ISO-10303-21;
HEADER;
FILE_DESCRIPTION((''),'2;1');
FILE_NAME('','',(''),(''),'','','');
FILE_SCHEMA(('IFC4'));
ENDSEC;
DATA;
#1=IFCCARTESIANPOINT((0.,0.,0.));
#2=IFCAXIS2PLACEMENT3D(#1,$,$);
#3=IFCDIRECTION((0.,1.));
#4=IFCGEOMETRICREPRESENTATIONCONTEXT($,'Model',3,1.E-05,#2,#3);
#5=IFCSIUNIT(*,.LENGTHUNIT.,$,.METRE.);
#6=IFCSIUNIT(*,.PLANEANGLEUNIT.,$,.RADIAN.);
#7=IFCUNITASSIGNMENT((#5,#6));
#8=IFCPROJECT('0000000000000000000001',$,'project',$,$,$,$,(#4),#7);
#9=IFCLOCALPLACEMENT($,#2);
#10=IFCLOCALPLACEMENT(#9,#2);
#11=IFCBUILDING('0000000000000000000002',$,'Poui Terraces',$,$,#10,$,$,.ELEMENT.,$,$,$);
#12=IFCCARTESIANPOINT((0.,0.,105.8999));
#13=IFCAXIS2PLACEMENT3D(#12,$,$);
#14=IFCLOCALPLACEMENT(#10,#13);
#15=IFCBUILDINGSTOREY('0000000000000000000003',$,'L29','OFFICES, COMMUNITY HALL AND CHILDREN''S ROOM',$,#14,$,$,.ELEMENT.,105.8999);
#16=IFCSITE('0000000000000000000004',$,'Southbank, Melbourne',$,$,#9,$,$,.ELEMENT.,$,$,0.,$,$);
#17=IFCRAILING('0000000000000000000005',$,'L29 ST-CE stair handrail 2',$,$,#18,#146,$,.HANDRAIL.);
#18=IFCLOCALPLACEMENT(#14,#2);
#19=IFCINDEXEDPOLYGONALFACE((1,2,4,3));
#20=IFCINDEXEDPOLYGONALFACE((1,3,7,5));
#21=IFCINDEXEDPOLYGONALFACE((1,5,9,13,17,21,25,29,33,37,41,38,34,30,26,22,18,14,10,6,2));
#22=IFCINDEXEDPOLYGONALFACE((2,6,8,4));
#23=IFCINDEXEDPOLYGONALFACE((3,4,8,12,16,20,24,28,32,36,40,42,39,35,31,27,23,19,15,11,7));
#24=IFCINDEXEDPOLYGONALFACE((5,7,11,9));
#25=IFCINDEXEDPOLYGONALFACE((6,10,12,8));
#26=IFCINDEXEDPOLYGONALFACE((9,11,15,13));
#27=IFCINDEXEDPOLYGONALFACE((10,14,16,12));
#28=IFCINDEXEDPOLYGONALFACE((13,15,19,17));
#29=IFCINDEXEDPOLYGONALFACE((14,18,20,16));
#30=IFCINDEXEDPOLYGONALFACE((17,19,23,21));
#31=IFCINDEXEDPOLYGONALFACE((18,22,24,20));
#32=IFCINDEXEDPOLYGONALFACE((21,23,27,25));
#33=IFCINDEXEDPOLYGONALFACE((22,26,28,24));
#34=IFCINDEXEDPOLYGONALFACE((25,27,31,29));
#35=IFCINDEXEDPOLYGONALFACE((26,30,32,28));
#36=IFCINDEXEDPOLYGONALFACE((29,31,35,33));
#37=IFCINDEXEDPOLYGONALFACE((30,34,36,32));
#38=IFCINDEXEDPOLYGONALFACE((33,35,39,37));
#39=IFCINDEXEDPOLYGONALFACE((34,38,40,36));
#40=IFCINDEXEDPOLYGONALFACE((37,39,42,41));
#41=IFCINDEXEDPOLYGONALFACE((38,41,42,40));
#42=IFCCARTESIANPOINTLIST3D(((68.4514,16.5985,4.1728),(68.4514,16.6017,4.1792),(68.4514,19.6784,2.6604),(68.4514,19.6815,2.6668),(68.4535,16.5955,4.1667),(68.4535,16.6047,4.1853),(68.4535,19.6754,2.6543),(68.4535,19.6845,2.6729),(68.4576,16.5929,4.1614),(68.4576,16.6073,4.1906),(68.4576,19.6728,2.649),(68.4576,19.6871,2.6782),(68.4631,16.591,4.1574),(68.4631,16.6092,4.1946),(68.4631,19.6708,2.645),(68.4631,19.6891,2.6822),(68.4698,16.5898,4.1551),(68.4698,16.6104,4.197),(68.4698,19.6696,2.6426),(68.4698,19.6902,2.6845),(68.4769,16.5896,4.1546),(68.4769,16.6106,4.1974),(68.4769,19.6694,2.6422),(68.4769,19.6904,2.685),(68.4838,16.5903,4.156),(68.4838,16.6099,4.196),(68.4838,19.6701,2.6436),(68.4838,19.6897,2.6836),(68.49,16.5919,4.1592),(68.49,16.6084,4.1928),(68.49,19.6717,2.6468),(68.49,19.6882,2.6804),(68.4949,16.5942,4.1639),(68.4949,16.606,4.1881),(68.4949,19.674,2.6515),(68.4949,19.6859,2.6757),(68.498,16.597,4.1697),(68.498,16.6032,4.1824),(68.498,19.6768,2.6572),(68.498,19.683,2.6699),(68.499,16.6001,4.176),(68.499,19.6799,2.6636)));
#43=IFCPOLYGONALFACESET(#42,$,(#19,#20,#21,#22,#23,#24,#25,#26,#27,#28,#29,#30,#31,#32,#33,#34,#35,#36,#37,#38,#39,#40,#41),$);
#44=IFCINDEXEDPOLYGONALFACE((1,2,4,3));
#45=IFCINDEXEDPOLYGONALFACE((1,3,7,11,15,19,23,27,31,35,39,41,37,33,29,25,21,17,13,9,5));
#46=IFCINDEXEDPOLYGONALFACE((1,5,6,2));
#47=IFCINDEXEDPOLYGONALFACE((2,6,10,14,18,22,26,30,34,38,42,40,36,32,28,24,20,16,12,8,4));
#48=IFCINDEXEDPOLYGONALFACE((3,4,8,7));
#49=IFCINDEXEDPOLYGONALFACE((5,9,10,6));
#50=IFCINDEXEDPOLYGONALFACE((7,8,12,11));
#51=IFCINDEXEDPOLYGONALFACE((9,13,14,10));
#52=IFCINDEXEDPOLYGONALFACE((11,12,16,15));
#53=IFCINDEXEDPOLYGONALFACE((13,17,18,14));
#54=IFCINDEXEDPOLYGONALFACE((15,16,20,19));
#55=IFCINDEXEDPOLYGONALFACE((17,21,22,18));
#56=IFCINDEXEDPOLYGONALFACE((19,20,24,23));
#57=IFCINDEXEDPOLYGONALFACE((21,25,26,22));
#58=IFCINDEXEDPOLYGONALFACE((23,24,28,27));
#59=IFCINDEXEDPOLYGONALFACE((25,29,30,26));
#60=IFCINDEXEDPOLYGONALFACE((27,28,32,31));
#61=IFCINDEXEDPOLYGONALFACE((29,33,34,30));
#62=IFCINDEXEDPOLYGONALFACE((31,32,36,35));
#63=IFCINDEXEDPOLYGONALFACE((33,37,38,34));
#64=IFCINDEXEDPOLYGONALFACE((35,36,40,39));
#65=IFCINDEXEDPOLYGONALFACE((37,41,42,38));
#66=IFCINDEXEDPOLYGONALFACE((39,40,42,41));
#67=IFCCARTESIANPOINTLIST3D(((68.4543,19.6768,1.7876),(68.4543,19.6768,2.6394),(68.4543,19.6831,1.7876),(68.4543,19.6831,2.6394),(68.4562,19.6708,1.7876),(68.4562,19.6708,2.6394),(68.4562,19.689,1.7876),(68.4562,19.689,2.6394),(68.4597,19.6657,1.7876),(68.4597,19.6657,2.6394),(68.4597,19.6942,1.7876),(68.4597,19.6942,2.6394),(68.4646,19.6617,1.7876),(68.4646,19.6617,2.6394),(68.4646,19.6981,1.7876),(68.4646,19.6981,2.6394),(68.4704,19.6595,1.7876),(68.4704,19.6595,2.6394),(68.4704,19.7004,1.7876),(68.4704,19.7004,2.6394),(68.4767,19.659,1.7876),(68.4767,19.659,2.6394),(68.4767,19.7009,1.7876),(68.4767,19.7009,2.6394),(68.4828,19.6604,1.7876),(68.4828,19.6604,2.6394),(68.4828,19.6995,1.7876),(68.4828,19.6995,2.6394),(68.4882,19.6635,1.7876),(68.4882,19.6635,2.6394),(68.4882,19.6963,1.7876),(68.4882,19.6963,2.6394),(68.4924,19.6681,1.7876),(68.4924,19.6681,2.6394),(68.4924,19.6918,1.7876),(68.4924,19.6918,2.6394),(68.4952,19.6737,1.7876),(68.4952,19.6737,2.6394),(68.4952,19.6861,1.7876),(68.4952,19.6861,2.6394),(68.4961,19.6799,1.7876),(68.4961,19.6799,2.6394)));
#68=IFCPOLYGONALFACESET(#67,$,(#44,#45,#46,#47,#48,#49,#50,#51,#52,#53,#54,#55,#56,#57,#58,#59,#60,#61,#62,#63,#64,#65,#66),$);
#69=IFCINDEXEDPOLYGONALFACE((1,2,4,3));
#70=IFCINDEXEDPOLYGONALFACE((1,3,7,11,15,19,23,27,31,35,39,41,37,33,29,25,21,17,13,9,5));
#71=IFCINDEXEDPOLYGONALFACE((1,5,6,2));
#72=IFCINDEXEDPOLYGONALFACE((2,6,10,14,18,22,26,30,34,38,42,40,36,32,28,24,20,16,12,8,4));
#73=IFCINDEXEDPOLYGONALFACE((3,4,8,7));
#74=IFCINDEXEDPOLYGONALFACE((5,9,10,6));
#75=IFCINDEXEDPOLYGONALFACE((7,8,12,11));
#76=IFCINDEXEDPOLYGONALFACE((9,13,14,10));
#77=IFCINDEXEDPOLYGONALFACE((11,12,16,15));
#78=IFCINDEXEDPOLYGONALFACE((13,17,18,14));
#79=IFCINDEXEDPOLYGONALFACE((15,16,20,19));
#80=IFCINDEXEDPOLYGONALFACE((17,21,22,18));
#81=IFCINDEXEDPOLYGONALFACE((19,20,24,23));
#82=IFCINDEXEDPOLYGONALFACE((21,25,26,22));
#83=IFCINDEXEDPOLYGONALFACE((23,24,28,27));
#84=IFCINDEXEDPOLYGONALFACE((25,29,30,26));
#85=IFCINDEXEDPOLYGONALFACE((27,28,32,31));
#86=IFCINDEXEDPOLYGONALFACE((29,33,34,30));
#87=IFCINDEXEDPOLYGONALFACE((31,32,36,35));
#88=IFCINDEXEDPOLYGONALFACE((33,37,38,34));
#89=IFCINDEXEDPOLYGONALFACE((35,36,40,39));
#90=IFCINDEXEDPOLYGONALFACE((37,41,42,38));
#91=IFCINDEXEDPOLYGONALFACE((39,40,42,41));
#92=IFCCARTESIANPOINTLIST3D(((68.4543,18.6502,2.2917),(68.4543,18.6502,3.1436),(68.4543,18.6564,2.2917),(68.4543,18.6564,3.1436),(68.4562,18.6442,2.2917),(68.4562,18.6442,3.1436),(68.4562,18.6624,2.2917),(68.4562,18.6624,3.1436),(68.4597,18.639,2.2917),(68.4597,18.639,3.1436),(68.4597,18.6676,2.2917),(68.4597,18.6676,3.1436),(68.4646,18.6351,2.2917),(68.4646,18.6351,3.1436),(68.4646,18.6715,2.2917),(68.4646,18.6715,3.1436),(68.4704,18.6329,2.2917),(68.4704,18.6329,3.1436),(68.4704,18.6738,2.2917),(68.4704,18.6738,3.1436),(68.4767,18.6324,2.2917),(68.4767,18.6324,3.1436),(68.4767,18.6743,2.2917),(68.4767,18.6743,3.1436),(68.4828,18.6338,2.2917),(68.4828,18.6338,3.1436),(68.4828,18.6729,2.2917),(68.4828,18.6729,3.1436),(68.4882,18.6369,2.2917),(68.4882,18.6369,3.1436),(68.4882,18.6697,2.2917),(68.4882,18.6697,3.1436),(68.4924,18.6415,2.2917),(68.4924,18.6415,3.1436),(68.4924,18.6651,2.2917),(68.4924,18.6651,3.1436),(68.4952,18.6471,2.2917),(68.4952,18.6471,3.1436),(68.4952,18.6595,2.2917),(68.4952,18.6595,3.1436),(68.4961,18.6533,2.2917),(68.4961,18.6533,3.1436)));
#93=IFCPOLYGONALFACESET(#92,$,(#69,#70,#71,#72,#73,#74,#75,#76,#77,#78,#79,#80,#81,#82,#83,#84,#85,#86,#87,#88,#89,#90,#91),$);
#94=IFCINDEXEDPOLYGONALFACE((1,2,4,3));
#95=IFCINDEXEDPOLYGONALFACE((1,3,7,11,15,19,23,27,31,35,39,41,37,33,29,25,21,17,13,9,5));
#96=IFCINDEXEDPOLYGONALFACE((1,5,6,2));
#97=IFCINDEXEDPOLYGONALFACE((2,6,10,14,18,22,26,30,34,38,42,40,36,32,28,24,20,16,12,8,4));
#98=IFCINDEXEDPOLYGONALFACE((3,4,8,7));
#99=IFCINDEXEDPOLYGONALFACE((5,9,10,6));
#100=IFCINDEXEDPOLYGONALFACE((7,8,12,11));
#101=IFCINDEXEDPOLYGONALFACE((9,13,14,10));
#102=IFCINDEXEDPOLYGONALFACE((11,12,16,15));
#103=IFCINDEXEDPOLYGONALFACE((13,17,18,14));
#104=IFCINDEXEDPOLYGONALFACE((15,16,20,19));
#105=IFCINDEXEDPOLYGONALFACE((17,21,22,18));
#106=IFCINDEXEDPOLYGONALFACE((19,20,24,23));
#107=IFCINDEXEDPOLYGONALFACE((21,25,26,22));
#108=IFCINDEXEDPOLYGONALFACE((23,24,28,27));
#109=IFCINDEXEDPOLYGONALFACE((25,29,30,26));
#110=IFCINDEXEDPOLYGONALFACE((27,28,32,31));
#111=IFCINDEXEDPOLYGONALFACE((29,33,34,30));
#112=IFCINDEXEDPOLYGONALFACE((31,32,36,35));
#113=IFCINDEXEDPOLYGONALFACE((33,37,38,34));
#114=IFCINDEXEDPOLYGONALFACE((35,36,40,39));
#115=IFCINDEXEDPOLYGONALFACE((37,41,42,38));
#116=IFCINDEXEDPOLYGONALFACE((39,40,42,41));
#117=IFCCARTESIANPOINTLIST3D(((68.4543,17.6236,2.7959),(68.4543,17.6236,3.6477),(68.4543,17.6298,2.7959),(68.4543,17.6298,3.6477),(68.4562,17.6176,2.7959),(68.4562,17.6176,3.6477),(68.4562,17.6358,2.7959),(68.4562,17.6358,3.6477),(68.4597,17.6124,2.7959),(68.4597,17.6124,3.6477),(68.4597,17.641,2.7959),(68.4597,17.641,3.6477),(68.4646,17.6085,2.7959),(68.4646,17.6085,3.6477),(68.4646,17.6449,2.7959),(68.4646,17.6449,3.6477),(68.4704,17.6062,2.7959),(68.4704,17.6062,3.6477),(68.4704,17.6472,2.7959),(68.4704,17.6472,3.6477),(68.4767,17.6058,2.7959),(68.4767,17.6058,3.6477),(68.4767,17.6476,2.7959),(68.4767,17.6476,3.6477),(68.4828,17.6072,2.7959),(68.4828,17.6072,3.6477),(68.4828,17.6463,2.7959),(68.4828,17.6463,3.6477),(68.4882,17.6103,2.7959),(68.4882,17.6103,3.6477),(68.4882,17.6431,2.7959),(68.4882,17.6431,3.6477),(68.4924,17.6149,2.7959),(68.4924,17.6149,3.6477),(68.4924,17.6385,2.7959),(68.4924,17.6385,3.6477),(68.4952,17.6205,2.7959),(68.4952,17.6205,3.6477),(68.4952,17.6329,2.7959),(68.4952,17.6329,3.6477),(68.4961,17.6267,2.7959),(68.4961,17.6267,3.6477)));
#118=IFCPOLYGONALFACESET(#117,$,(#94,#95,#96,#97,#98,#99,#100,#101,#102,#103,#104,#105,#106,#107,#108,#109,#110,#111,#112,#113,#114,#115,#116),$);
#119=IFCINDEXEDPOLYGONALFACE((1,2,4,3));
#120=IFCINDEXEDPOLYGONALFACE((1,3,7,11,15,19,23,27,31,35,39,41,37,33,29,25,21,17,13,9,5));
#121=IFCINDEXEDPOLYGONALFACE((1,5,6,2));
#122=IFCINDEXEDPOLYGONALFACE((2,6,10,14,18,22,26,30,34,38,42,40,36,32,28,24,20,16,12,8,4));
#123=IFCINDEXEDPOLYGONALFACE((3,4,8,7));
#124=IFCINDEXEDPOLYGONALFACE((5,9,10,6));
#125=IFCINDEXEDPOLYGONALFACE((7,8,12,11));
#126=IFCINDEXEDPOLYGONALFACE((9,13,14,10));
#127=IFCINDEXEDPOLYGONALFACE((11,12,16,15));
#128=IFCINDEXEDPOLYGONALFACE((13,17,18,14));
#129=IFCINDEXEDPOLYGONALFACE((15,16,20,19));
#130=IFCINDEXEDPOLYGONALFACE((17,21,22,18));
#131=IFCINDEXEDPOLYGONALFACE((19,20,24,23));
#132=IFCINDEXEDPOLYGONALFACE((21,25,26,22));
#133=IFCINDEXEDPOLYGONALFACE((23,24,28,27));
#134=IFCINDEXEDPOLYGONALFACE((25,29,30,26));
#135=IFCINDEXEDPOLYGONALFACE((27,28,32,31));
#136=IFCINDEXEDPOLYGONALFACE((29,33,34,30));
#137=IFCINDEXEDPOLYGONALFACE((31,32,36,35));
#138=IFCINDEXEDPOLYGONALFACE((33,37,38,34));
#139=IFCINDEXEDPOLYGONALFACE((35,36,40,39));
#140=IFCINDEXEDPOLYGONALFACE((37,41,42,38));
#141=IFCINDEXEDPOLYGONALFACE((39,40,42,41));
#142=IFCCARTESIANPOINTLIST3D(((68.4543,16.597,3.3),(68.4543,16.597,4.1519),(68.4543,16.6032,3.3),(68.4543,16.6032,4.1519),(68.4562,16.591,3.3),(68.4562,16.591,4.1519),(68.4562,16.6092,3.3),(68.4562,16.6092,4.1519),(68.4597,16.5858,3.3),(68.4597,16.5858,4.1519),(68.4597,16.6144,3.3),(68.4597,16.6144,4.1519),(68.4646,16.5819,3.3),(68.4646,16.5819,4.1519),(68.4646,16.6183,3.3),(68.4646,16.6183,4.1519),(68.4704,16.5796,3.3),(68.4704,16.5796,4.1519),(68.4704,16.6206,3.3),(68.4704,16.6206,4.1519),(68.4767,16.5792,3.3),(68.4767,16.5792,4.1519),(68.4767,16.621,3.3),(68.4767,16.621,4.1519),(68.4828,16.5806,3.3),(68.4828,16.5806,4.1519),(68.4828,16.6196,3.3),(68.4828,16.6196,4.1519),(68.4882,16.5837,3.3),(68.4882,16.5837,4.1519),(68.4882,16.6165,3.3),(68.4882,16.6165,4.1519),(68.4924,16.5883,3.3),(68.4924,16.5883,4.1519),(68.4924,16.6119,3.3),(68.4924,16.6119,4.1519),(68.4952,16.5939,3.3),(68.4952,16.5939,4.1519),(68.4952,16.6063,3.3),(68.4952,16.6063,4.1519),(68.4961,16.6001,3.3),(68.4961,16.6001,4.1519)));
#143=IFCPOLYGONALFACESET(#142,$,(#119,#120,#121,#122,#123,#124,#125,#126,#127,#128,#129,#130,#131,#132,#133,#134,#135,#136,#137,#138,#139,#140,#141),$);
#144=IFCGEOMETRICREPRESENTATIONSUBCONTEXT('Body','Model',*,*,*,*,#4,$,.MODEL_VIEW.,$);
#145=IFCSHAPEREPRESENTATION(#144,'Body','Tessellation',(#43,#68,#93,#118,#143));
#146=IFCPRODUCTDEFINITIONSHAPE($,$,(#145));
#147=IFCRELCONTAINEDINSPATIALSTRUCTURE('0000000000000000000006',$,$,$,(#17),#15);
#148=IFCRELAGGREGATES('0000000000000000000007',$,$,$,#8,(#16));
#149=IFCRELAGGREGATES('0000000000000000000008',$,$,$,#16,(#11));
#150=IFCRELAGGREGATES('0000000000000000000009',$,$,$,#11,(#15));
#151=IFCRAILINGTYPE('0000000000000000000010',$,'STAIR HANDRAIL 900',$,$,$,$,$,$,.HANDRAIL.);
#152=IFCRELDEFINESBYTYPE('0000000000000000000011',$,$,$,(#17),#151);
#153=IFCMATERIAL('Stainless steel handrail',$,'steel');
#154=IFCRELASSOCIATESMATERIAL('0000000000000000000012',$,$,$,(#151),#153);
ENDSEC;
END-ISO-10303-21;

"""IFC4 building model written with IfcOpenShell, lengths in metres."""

from ifc_helpers import new_model, si_unit, direction, frame, origin, origin_2d, place, context, subcontext, project, spatial, circle, extrude, material, type_object, element, save


model = new_model("IFC4")

# Units and contexts
model_context = context("Model", 3, precision=1e-05, world=origin(), true_north=direction((0.0, 1.0)))
body_context = subcontext(model_context, "Body", "Model", "MODEL_VIEW")
ifc_project = project(units=[si_unit("LENGTHUNIT", "METRE"), si_unit("PLANEANGLEUNIT", "RADIAN")], contexts=[model_context])

# Site, building, storey
site_placement = place(None, origin())
site = spatial("IfcSite", under=ifc_project, at=site_placement, Name="Southbank, Melbourne", CompositionType="ELEMENT", RefElevation=0.0)
building_placement = place(site_placement, origin())
building = spatial("IfcBuilding", under=site, at=building_placement, Name="Poui Terraces", CompositionType="ELEMENT")
storey_placement = place(building_placement, frame((0.0, 0.0, 105.8999)))
storey = spatial("IfcBuildingStorey", under=building, at=storey_placement, Name="L29", Description="OFFICES, COMMUNITY HALL AND CHILDREN'S ROOM", CompositionType="ELEMENT", Elevation=105.8999)

# Railing
ifc_material_1 = material(Name="Stainless steel handrail", Category="steel")
railing_type_1 = type_object("IfcRailingType", Name="STAIR HANDRAIL 900", PredefinedType="HANDRAIL", material=ifc_material_1)
railing_1_placement = place(storey_placement, frame((68.4751, 19.6799, 1.7876)))
element("IfcRailing", 1, at=railing_1_placement, inside=storey, type_object=railing_type_1, Name="L29 ST-CE stair handrail 2", PredefinedType="HANDRAIL", context=body_context, shape_type="SweptSolid", body=[
    extrude(circle(Radius=0.0239, at=origin_2d()), frame((0.0, 0.0, 0.876), z_axis=(0.0, -0.897606, 0.440798), x_axis=(1.0, 0.0, 0.0)), (0.0, 0.0, 1.0), 3.4312),
    extrude(circle(Radius=0.021, at=origin_2d()), origin(), (0.0, 0.0, 1.0), 0.8518),
    extrude(circle(Radius=0.021, at=origin_2d()), frame((0.0, -1.0266, 0.5042)), (0.0, 0.0, 1.0), 0.8518),
    extrude(circle(Radius=0.021, at=origin_2d()), frame((0.0, -2.0532, 1.0083)), (0.0, 0.0, 1.0), 0.8518),
    extrude(circle(Radius=0.021, at=origin_2d()), frame((0.0, -3.0798, 1.5125)), (0.0, 0.0, 1.0), 0.8518),
])

save(model, "model.ifc")
